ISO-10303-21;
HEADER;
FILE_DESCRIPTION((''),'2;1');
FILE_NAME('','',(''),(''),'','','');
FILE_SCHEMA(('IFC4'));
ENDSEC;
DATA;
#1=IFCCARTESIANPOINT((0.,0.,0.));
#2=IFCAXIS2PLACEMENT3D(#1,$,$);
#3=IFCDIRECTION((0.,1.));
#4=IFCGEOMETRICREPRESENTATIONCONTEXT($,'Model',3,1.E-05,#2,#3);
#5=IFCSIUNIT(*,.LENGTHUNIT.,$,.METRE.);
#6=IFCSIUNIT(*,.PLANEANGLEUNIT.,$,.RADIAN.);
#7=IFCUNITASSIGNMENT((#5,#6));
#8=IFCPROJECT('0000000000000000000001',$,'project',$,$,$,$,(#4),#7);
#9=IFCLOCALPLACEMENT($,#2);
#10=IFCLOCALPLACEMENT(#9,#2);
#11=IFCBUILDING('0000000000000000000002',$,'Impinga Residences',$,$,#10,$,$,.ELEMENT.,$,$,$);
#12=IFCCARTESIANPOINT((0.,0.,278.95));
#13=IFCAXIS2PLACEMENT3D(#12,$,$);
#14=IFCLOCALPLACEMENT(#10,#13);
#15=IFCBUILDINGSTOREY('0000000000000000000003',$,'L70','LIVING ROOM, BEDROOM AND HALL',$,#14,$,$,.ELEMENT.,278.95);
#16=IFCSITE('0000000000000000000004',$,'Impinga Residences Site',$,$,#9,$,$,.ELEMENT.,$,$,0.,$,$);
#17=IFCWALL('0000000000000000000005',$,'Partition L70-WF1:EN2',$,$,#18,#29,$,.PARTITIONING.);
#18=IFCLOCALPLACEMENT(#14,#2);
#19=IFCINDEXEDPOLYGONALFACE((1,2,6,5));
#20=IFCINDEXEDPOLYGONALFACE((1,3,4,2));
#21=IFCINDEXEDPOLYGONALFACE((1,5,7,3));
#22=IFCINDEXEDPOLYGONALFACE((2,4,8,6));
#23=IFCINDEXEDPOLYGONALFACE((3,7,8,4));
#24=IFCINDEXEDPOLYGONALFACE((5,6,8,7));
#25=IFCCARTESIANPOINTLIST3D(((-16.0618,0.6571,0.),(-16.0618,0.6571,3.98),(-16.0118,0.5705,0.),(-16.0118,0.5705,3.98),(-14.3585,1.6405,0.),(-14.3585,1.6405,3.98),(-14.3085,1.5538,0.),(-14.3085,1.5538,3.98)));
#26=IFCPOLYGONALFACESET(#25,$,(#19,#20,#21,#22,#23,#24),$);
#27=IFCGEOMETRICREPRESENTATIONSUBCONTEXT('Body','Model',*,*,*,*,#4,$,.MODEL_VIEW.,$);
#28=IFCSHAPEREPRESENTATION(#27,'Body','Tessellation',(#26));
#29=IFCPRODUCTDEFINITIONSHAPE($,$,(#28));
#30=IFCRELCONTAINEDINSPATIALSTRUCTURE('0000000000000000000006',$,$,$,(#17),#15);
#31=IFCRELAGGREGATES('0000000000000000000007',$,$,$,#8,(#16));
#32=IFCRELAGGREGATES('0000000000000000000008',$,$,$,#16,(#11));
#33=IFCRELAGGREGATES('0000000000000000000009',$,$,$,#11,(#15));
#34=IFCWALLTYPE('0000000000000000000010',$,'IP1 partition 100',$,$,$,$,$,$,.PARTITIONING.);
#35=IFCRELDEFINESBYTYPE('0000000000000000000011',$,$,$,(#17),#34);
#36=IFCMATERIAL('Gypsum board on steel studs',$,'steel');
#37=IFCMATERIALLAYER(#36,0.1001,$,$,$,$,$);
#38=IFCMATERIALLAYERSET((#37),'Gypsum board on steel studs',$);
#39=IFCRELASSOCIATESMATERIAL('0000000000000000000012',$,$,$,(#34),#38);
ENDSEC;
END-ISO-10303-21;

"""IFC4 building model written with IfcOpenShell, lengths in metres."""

from ifc_helpers import new_model, si_unit, direction, frame, frame_2d, origin, place, context, subcontext, project, spatial, rectangle, extrude, material, layer, layer_set, type_object, element, save


model = new_model("IFC4")

# Units and contexts
model_context = context("Model", 3, precision=1e-05, world=origin(), true_north=direction((0.0, 1.0)))
body_context = subcontext(model_context, "Body", "Model", "MODEL_VIEW")
ifc_project = project(units=[si_unit("LENGTHUNIT", "METRE"), si_unit("PLANEANGLEUNIT", "RADIAN")], contexts=[model_context])

# Site, building, storey
site_placement = place(None, origin())
site = spatial("IfcSite", under=ifc_project, at=site_placement, Name="Impinga Residences Site", CompositionType="ELEMENT", RefElevation=0.0)
building_placement = place(site_placement, origin())
building = spatial("IfcBuilding", under=site, at=building_placement, Name="Impinga Residences", CompositionType="ELEMENT")
storey_placement = place(building_placement, frame((0.0, 0.0, 278.95)))
storey = spatial("IfcBuildingStorey", under=building, at=storey_placement, Name="L70", Description="LIVING ROOM, BEDROOM AND HALL", CompositionType="ELEMENT", Elevation=278.95)

# Wall
ifc_material_1 = material(Name="Gypsum board on steel studs", Category="steel")
ifc_layer_1 = layer(ifc_material_1, 0.1001)
ifc_layer_set_1 = layer_set([ifc_layer_1], Name="Gypsum board on steel studs")
wall_type_1 = type_object("IfcWallType", Name="IP1 partition 100", PredefinedType="PARTITIONING", material=ifc_layer_set_1)
wall_placement = place(storey_placement, frame((-14.3335, 1.5972, 0.0), z_axis=(0.0, 0.0, 1.0), x_axis=(-0.866035, -0.499984, 0.0)))
element("IfcWall", 1, at=wall_placement, inside=storey, type_object=wall_type_1, Name="Partition L70-WF1:EN2", PredefinedType="PARTITIONING", context=body_context, shape_type="SweptSolid", body=[
    extrude(rectangle(XDim=1.9668, YDim=0.1001, at=frame_2d((0.9834, 0.0))), origin(), (0.0, 0.0, 1.0), 3.98),
])

save(model, "model.ifc")
